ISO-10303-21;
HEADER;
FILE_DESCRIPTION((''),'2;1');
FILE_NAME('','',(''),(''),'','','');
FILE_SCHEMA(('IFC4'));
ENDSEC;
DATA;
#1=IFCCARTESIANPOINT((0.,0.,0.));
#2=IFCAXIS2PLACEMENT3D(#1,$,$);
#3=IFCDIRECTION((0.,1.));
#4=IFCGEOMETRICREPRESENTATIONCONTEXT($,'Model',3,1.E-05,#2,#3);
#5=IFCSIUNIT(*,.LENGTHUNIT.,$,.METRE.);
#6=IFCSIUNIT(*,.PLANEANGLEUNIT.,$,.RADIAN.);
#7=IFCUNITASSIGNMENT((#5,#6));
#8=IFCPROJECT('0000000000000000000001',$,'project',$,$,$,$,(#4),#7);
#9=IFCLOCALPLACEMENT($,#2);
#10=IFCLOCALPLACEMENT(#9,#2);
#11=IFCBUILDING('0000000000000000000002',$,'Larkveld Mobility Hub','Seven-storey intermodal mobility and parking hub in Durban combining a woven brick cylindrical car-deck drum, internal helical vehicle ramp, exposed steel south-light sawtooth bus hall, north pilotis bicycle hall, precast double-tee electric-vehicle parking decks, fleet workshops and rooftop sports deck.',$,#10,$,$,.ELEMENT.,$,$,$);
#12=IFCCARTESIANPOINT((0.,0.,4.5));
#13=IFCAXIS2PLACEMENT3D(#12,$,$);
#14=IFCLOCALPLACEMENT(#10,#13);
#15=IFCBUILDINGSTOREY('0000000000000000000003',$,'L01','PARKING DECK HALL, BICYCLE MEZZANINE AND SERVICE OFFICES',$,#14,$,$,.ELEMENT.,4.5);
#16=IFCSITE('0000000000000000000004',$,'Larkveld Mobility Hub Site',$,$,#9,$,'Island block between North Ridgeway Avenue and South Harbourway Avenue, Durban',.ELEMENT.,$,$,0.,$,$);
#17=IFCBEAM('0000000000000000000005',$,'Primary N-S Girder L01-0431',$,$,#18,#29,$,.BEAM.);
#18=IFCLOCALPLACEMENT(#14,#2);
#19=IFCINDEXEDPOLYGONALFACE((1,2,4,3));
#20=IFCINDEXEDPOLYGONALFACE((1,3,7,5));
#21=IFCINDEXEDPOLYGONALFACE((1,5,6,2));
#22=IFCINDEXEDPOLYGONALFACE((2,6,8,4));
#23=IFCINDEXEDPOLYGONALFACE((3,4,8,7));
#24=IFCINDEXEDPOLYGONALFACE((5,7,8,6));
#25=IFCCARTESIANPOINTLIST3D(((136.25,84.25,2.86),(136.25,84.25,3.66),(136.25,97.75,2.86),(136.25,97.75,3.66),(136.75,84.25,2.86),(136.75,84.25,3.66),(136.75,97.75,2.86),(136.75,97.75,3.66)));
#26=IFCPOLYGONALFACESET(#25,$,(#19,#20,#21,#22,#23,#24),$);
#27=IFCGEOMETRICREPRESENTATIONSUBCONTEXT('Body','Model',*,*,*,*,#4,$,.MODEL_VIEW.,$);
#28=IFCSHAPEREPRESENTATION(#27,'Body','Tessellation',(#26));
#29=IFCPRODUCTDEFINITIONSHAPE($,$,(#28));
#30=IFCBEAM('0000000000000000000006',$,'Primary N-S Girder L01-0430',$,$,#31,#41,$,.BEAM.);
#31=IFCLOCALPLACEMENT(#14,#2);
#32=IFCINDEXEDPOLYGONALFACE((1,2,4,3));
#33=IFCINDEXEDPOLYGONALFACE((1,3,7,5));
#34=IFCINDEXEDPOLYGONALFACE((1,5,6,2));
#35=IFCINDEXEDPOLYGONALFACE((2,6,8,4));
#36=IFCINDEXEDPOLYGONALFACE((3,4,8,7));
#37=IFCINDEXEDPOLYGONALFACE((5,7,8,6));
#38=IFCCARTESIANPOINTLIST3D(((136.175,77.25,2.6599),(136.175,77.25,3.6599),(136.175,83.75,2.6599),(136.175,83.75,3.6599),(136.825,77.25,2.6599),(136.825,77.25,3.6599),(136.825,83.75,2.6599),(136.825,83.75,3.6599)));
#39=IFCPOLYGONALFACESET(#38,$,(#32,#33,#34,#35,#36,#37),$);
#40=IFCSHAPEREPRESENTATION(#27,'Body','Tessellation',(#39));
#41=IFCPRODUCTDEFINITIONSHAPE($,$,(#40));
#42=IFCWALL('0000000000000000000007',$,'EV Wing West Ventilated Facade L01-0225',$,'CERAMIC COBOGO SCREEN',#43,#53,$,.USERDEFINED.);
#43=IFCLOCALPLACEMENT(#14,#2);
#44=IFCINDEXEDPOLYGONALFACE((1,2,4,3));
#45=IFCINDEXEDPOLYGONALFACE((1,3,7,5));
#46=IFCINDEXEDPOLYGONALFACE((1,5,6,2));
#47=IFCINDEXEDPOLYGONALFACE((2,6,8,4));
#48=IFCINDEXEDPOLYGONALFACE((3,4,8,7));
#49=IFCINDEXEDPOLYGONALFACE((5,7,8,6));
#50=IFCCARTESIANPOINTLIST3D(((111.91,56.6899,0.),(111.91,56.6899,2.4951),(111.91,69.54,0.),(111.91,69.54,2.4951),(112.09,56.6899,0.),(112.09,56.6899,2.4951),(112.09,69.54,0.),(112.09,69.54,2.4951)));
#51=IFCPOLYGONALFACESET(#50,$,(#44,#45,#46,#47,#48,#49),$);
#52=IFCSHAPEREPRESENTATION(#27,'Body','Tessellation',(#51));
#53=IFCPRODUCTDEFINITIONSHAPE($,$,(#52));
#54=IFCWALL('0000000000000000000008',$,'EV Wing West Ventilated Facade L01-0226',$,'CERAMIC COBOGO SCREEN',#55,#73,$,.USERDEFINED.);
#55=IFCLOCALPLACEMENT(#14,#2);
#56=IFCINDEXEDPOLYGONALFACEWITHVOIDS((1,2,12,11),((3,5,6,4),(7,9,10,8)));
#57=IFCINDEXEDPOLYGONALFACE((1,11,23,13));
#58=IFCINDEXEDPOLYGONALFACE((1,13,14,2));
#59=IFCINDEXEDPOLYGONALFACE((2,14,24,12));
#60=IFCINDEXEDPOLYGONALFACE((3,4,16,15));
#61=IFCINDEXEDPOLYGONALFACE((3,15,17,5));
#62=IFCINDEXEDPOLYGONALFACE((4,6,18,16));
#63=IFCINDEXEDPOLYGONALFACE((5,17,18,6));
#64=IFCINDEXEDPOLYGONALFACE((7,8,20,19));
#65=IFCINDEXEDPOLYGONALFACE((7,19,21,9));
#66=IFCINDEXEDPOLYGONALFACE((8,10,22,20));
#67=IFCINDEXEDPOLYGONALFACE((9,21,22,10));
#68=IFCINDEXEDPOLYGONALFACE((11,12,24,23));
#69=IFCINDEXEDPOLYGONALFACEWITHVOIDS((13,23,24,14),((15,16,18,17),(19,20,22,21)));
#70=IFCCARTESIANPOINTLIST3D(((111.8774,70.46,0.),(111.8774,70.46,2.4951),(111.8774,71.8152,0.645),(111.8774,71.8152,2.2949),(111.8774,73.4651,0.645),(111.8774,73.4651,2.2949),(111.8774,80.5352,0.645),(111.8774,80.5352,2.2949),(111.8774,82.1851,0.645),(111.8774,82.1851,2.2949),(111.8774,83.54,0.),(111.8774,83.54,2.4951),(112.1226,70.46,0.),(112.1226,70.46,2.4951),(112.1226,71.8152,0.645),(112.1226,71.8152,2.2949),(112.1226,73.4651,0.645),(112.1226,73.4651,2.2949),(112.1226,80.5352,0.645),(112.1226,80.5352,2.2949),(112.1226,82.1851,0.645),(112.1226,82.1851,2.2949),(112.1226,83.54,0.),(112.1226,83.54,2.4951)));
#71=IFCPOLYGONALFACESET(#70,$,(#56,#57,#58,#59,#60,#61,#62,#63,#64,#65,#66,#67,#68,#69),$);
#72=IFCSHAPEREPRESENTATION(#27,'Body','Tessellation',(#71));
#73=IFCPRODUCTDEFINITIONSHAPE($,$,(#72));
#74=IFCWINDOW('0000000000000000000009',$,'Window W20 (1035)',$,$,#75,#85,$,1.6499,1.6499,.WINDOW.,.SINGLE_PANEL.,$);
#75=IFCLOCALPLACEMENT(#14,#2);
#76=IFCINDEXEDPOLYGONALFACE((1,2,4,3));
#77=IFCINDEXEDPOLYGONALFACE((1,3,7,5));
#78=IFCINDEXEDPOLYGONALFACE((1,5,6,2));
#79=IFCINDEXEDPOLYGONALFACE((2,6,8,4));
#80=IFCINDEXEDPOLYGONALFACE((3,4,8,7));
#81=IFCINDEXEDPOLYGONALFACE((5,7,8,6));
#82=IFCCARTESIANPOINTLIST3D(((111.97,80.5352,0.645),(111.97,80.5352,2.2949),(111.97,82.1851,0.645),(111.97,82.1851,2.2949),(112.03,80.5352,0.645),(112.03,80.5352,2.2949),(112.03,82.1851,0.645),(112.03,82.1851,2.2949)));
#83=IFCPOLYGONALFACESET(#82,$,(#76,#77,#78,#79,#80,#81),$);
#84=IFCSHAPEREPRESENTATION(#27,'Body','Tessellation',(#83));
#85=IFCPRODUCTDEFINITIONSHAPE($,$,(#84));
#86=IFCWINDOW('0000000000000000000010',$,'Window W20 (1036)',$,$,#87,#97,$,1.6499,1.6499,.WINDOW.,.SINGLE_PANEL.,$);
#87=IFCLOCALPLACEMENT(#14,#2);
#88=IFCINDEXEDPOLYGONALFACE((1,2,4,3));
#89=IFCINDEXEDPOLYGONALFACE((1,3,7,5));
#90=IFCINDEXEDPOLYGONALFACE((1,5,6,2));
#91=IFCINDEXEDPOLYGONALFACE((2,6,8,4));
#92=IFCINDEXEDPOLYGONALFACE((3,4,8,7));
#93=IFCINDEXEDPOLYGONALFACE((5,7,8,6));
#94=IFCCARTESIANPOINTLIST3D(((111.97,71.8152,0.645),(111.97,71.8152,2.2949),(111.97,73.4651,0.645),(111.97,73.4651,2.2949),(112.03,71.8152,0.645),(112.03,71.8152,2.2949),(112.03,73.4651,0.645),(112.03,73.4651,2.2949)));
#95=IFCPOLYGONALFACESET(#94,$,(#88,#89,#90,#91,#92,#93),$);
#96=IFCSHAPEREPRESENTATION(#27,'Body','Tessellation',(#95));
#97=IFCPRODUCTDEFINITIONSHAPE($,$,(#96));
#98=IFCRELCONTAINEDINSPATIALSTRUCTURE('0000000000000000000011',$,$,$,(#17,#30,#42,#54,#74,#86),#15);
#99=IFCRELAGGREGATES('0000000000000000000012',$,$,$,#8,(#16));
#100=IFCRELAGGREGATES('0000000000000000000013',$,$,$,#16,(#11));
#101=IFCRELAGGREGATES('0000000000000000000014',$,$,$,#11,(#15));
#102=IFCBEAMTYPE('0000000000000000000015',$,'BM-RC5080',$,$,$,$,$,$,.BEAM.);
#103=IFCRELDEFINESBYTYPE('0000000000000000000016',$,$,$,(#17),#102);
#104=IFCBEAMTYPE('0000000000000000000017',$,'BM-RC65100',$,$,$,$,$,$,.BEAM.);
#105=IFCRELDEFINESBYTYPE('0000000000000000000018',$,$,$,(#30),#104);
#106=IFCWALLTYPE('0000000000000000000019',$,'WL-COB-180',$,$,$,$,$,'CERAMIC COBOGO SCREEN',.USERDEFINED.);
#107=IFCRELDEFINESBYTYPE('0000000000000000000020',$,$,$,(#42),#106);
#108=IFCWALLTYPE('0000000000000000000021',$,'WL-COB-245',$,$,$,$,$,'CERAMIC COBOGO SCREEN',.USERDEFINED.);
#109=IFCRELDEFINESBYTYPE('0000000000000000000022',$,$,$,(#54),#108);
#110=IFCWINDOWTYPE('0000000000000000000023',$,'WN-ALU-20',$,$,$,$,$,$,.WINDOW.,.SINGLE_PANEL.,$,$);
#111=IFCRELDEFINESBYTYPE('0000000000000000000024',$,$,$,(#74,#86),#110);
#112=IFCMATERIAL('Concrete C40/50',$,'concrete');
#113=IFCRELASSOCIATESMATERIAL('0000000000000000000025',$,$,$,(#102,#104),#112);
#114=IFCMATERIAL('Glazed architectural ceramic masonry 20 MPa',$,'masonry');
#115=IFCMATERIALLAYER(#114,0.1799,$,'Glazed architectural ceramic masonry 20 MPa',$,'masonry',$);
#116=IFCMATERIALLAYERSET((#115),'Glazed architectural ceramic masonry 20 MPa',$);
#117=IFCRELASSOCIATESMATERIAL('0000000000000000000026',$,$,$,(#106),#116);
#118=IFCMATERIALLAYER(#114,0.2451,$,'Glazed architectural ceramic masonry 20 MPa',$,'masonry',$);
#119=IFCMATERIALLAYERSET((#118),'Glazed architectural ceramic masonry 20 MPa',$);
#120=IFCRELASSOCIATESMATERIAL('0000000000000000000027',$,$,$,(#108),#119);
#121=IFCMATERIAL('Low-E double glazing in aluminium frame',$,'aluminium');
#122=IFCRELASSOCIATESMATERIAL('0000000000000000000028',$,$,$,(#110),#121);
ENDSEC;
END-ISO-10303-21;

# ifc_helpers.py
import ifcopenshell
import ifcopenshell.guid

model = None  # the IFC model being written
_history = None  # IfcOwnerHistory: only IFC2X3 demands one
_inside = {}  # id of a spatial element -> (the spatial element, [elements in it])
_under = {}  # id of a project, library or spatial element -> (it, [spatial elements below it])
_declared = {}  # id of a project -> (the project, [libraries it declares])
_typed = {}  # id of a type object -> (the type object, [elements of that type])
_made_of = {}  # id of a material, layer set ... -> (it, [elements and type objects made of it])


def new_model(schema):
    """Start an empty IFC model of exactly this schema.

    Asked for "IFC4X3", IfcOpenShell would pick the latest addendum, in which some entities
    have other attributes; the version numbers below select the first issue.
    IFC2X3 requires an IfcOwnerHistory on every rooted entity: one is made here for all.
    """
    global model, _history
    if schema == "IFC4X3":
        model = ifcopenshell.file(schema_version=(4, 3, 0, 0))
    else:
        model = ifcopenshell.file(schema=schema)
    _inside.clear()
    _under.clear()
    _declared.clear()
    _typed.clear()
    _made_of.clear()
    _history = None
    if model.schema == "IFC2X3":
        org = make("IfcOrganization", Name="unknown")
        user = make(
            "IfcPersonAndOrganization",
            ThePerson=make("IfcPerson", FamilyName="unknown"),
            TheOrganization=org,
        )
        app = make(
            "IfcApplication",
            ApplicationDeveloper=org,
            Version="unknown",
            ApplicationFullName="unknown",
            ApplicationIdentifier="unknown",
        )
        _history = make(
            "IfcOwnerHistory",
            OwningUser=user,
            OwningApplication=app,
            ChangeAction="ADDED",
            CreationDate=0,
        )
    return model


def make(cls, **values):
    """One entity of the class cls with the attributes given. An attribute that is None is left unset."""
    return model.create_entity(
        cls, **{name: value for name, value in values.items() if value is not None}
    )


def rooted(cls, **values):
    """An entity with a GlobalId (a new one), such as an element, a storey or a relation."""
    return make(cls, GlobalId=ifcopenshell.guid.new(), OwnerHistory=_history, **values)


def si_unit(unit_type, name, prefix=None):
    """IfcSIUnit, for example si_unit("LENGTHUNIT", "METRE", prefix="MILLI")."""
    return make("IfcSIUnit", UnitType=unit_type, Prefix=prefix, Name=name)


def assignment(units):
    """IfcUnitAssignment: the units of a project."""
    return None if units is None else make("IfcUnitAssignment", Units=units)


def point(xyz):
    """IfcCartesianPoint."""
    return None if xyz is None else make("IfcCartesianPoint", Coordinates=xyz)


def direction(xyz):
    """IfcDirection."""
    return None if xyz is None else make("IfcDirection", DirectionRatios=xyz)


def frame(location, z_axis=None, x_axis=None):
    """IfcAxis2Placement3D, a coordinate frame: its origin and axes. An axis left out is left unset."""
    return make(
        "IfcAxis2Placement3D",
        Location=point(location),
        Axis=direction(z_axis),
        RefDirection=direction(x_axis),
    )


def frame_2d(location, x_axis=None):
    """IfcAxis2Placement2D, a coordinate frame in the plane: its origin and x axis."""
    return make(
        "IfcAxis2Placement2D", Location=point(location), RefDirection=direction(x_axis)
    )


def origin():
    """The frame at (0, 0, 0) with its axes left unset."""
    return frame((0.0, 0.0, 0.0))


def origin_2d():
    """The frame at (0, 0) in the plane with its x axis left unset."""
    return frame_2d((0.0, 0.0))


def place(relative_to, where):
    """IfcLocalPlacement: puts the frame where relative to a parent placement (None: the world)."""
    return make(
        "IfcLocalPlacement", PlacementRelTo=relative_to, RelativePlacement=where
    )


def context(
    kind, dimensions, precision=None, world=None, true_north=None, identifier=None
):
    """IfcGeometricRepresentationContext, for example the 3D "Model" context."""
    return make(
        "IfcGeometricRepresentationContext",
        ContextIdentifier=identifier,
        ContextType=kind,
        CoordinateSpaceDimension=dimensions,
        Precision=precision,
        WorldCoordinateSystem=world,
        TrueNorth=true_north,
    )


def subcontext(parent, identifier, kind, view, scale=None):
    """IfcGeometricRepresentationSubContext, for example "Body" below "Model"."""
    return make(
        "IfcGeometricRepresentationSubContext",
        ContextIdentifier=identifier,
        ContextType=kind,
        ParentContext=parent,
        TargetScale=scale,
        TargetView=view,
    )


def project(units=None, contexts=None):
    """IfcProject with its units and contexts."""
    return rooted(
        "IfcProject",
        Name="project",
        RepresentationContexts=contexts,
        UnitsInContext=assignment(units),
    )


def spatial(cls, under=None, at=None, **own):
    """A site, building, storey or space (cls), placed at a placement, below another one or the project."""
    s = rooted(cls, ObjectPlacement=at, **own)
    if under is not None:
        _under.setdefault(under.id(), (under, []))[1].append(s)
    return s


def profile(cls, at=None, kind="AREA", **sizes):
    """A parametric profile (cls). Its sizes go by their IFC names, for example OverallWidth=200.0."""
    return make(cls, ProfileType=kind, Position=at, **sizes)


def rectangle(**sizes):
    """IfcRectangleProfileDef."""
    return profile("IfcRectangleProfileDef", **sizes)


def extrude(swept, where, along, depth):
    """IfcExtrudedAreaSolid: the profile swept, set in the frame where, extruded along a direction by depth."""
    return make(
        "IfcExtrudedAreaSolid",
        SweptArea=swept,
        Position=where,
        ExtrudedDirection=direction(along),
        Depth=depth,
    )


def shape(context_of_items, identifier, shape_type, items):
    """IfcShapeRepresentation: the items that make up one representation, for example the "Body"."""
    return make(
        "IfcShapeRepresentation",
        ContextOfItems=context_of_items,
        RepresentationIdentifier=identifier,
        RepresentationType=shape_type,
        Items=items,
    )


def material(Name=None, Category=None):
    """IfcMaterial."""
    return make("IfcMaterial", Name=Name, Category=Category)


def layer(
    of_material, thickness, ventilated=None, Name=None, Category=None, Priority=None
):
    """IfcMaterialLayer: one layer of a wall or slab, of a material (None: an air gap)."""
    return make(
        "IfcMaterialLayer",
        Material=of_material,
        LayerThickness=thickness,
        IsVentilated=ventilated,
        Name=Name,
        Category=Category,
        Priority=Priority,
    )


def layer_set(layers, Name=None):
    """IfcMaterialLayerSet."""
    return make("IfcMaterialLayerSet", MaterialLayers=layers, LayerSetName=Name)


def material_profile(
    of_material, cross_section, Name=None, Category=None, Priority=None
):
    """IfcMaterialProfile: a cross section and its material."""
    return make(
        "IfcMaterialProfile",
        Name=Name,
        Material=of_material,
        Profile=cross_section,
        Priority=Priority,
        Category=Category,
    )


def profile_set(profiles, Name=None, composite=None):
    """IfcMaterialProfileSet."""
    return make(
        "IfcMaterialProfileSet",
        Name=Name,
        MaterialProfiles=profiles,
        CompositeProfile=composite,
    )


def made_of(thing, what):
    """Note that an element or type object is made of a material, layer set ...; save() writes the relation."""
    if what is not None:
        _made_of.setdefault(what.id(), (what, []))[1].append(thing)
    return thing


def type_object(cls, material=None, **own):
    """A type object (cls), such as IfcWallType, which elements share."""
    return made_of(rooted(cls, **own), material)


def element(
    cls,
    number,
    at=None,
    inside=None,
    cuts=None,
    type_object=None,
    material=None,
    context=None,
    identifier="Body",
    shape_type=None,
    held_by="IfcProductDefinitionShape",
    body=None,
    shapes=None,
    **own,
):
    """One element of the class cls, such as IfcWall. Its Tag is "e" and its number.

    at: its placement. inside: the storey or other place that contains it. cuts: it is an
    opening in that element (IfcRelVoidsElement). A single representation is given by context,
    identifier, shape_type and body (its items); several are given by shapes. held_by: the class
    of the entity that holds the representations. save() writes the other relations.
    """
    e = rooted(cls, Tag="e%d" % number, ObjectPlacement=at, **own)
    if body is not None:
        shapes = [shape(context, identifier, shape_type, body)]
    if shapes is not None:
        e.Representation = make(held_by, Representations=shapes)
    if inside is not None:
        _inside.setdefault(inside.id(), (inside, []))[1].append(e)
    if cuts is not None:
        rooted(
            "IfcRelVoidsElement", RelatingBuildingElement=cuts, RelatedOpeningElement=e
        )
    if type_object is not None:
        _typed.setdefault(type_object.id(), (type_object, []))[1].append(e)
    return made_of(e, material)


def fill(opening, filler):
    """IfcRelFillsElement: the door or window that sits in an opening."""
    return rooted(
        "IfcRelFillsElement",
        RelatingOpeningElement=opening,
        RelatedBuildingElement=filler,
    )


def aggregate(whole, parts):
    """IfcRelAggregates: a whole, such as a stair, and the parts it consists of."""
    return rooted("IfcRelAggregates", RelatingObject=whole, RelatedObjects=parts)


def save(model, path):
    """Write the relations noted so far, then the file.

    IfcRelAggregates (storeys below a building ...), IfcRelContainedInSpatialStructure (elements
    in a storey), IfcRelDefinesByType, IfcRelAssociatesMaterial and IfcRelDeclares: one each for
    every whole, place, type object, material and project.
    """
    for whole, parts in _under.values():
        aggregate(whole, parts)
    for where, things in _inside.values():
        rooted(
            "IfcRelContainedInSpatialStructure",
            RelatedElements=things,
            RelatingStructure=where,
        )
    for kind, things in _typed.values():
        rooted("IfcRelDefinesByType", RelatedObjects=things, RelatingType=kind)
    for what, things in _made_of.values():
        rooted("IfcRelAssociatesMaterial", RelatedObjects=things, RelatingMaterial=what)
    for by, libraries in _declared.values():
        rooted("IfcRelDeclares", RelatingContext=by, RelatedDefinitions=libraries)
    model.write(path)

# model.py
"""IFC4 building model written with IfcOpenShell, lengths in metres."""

from ifc_helpers import new_model, si_unit, direction, frame, frame_2d, origin, origin_2d, place, context, subcontext, project, spatial, rectangle, extrude, material, layer, layer_set, material_profile, profile_set, type_object, element, fill, save


model = new_model("IFC4")

# Units and contexts
model_context = context("Model", 3, precision=1e-05, world=origin(), true_north=direction((0.0, 1.0)))
body_context = subcontext(model_context, "Body", "Model", "MODEL_VIEW")
ifc_project = project(units=[si_unit("LENGTHUNIT", "METRE"), si_unit("PLANEANGLEUNIT", "RADIAN")], contexts=[model_context])

# Site, building, storey
site_placement = place(None, origin())
site = spatial("IfcSite", under=ifc_project, at=site_placement, Name="Larkveld Mobility Hub Site", LongName="Island block between North Ridgeway Avenue and South Harbourway Avenue, Durban", CompositionType="ELEMENT", RefElevation=0.0)
building_placement = place(site_placement, origin())
building = spatial("IfcBuilding", under=site, at=building_placement, Name="Larkveld Mobility Hub", Description="Seven-storey intermodal mobility and parking hub in Durban combining a woven brick cylindrical car-deck drum, internal helical vehicle ramp, exposed steel south-light sawtooth bus hall, north pilotis bicycle hall, precast double-tee electric-vehicle parking decks, fleet workshops and rooftop sports deck.", CompositionType="ELEMENT")
storey_placement = place(building_placement, frame((0.0, 0.0, 4.5)))
storey = spatial("IfcBuildingStorey", under=building, at=storey_placement, Name="L01", Description="PARKING DECK HALL, BICYCLE MEZZANINE AND SERVICE OFFICES", CompositionType="ELEMENT", Elevation=4.5)

# Shared definitions
ifc_material_1 = material(Name="Concrete C40/50", Category="concrete")

# Beams
ifc_material_profile_1 = material_profile(ifc_material_1, rectangle(XDim=0.5, YDim=0.8, at=origin_2d()), Name="RC BM 500x800")
ifc_profile_set_1 = profile_set([ifc_material_profile_1], Name="Concrete C40/50")
beam_type_1 = type_object("IfcBeamType", Name="BM-RC5080", PredefinedType="BEAM", material=ifc_profile_set_1)
beam_1_placement = place(storey_placement, frame((136.5, 84.25, 3.26), z_axis=(0.0, 1.0, 0.0), x_axis=(-1.0, 0.0, 0.0)))
element("IfcBeam", 1, at=beam_1_placement, inside=storey, type_object=beam_type_1, Name="Primary N-S Girder L01-0431", PredefinedType="BEAM", context=body_context, shape_type="SweptSolid", body=[
    extrude(rectangle(XDim=0.5, YDim=0.8, at=origin_2d()), origin(), (0.0, 0.0, 1.0), 13.5),
])
ifc_material_profile_2 = material_profile(ifc_material_1, rectangle(XDim=0.6499, YDim=1.0, at=origin_2d()), Name="RC BM 650x1000")
ifc_profile_set_2 = profile_set([ifc_material_profile_2], Name="Concrete C40/50")
beam_type_2 = type_object("IfcBeamType", Name="BM-RC65100", PredefinedType="BEAM", material=ifc_profile_set_2)
beam_2_placement = place(storey_placement, frame((136.5, 77.25, 3.1599), z_axis=(0.0, 1.0, 0.0), x_axis=(-1.0, 0.0, 0.0)))
element("IfcBeam", 2, at=beam_2_placement, inside=storey, type_object=beam_type_2, Name="Primary N-S Girder L01-0430", PredefinedType="BEAM", context=body_context, shape_type="SweptSolid", body=[
    extrude(rectangle(XDim=0.6499, YDim=1.0, at=origin_2d()), origin(), (0.0, 0.0, 1.0), 6.5),
])

# Wall
ifc_material_2 = material(Name="Glazed architectural ceramic masonry 20 MPa", Category="masonry")
ifc_layer_1 = layer(ifc_material_2, 0.1799, Name="Glazed architectural ceramic masonry 20 MPa", Category="masonry")
ifc_layer_set_1 = layer_set([ifc_layer_1], Name="Glazed architectural ceramic masonry 20 MPa")
wall_type_1 = type_object("IfcWallType", Name="WL-COB-180", ElementType="CERAMIC COBOGO SCREEN", PredefinedType="USERDEFINED", material=ifc_layer_set_1)
wall_1_placement = place(storey_placement, frame((112.0, 69.54, 0.0), z_axis=(0.0, 0.0, 1.0), x_axis=(0.0, -1.0, 0.0)))
element("IfcWall", 3, at=wall_1_placement, inside=storey, type_object=wall_type_1, Name="EV Wing West Ventilated Facade L01-0225", ObjectType="CERAMIC COBOGO SCREEN", PredefinedType="USERDEFINED", context=body_context, shape_type="SweptSolid", body=[
    extrude(rectangle(XDim=12.8501, YDim=0.1799, at=frame_2d((6.425, 0.0))), origin(), (0.0, 0.0, 1.0), 2.4951),
])

# Wall, openings, windows
ifc_layer_2 = layer(ifc_material_2, 0.2451, Name="Glazed architectural ceramic masonry 20 MPa", Category="masonry")
ifc_layer_set_2 = layer_set([ifc_layer_2], Name="Glazed architectural ceramic masonry 20 MPa")
wall_type_2 = type_object("IfcWallType", Name="WL-COB-245", ElementType="CERAMIC COBOGO SCREEN", PredefinedType="USERDEFINED", material=ifc_layer_set_2)
wall_2_placement = place(storey_placement, frame((112.0, 83.54, 0.0), z_axis=(0.0, 0.0, 1.0), x_axis=(0.0, -1.0, 0.0)))
wall_2 = element("IfcWall", 4, at=wall_2_placement, inside=storey, type_object=wall_type_2, Name="EV Wing West Ventilated Facade L01-0226", ObjectType="CERAMIC COBOGO SCREEN", PredefinedType="USERDEFINED", context=body_context, shape_type="SweptSolid", body=[
    extrude(rectangle(XDim=13.0801, YDim=0.2451, at=frame_2d((6.54, 0.0))), origin(), (0.0, 0.0, 1.0), 2.4951),
])
opening_1_placement = place(wall_2_placement, frame((1.355, 0.0, 0.645)))
opening_1 = element("IfcOpeningElement", 5, at=opening_1_placement, cuts=wall_2, PredefinedType="OPENING", context=body_context, shape_type="SweptSolid", body=[
    extrude(rectangle(XDim=1.6499, YDim=1.6499, at=frame_2d((0.825, 0.825))), frame((0.0, 0.1326, 0.0), z_axis=(0.0, -1.0, 0.0), x_axis=(1.0, 0.0, 0.0)), (0.0, 0.0, 1.0), 0.2651),
])
opening_2_placement = place(wall_2_placement, frame((10.075, 0.0, 0.645)))
opening_2 = element("IfcOpeningElement", 6, at=opening_2_placement, cuts=wall_2, PredefinedType="OPENING", context=body_context, shape_type="SweptSolid", body=[
    extrude(rectangle(XDim=1.6499, YDim=1.6499, at=frame_2d((0.825, 0.825))), frame((0.0, 0.1326, 0.0), z_axis=(0.0, -1.0, 0.0), x_axis=(1.0, 0.0, 0.0)), (0.0, 0.0, 1.0), 0.2651),
])
ifc_material_3 = material(Name="Low-E double glazing in aluminium frame", Category="aluminium")
window_type = type_object("IfcWindowType", Name="WN-ALU-20", PartitioningType="SINGLE_PANEL", PredefinedType="WINDOW", material=ifc_material_3)
window_1_placement = place(opening_1_placement, origin())
window_1 = element("IfcWindow", 7, at=window_1_placement, inside=storey, type_object=window_type, Name="Window W20 (1035)", OverallHeight=1.6499, OverallWidth=1.6499, PartitioningType="SINGLE_PANEL", PredefinedType="WINDOW", context=body_context, shape_type="SweptSolid", body=[
    extrude(rectangle(XDim=1.6499, YDim=1.6499, at=frame_2d((0.825, 0.825))), frame((0.0, 0.03, 0.0), z_axis=(0.0, -1.0, 0.0), x_axis=(1.0, 0.0, 0.0)), (0.0, 0.0, 1.0), 0.0601),
])
fill(opening_1, window_1)
window_2_placement = place(opening_2_placement, origin())
window_2 = element("IfcWindow", 8, at=window_2_placement, inside=storey, type_object=window_type, Name="Window W20 (1036)", OverallHeight=1.6499, OverallWidth=1.6499, PartitioningType="SINGLE_PANEL", PredefinedType="WINDOW", context=body_context, shape_type="SweptSolid", body=[
    extrude(rectangle(XDim=1.6499, YDim=1.6499, at=frame_2d((0.825, 0.825))), frame((0.0, 0.03, 0.0), z_axis=(0.0, -1.0, 0.0), x_axis=(1.0, 0.0, 0.0)), (0.0, 0.0, 1.0), 0.0601),
])
fill(opening_2, window_2)

save(model, "model.ifc")
